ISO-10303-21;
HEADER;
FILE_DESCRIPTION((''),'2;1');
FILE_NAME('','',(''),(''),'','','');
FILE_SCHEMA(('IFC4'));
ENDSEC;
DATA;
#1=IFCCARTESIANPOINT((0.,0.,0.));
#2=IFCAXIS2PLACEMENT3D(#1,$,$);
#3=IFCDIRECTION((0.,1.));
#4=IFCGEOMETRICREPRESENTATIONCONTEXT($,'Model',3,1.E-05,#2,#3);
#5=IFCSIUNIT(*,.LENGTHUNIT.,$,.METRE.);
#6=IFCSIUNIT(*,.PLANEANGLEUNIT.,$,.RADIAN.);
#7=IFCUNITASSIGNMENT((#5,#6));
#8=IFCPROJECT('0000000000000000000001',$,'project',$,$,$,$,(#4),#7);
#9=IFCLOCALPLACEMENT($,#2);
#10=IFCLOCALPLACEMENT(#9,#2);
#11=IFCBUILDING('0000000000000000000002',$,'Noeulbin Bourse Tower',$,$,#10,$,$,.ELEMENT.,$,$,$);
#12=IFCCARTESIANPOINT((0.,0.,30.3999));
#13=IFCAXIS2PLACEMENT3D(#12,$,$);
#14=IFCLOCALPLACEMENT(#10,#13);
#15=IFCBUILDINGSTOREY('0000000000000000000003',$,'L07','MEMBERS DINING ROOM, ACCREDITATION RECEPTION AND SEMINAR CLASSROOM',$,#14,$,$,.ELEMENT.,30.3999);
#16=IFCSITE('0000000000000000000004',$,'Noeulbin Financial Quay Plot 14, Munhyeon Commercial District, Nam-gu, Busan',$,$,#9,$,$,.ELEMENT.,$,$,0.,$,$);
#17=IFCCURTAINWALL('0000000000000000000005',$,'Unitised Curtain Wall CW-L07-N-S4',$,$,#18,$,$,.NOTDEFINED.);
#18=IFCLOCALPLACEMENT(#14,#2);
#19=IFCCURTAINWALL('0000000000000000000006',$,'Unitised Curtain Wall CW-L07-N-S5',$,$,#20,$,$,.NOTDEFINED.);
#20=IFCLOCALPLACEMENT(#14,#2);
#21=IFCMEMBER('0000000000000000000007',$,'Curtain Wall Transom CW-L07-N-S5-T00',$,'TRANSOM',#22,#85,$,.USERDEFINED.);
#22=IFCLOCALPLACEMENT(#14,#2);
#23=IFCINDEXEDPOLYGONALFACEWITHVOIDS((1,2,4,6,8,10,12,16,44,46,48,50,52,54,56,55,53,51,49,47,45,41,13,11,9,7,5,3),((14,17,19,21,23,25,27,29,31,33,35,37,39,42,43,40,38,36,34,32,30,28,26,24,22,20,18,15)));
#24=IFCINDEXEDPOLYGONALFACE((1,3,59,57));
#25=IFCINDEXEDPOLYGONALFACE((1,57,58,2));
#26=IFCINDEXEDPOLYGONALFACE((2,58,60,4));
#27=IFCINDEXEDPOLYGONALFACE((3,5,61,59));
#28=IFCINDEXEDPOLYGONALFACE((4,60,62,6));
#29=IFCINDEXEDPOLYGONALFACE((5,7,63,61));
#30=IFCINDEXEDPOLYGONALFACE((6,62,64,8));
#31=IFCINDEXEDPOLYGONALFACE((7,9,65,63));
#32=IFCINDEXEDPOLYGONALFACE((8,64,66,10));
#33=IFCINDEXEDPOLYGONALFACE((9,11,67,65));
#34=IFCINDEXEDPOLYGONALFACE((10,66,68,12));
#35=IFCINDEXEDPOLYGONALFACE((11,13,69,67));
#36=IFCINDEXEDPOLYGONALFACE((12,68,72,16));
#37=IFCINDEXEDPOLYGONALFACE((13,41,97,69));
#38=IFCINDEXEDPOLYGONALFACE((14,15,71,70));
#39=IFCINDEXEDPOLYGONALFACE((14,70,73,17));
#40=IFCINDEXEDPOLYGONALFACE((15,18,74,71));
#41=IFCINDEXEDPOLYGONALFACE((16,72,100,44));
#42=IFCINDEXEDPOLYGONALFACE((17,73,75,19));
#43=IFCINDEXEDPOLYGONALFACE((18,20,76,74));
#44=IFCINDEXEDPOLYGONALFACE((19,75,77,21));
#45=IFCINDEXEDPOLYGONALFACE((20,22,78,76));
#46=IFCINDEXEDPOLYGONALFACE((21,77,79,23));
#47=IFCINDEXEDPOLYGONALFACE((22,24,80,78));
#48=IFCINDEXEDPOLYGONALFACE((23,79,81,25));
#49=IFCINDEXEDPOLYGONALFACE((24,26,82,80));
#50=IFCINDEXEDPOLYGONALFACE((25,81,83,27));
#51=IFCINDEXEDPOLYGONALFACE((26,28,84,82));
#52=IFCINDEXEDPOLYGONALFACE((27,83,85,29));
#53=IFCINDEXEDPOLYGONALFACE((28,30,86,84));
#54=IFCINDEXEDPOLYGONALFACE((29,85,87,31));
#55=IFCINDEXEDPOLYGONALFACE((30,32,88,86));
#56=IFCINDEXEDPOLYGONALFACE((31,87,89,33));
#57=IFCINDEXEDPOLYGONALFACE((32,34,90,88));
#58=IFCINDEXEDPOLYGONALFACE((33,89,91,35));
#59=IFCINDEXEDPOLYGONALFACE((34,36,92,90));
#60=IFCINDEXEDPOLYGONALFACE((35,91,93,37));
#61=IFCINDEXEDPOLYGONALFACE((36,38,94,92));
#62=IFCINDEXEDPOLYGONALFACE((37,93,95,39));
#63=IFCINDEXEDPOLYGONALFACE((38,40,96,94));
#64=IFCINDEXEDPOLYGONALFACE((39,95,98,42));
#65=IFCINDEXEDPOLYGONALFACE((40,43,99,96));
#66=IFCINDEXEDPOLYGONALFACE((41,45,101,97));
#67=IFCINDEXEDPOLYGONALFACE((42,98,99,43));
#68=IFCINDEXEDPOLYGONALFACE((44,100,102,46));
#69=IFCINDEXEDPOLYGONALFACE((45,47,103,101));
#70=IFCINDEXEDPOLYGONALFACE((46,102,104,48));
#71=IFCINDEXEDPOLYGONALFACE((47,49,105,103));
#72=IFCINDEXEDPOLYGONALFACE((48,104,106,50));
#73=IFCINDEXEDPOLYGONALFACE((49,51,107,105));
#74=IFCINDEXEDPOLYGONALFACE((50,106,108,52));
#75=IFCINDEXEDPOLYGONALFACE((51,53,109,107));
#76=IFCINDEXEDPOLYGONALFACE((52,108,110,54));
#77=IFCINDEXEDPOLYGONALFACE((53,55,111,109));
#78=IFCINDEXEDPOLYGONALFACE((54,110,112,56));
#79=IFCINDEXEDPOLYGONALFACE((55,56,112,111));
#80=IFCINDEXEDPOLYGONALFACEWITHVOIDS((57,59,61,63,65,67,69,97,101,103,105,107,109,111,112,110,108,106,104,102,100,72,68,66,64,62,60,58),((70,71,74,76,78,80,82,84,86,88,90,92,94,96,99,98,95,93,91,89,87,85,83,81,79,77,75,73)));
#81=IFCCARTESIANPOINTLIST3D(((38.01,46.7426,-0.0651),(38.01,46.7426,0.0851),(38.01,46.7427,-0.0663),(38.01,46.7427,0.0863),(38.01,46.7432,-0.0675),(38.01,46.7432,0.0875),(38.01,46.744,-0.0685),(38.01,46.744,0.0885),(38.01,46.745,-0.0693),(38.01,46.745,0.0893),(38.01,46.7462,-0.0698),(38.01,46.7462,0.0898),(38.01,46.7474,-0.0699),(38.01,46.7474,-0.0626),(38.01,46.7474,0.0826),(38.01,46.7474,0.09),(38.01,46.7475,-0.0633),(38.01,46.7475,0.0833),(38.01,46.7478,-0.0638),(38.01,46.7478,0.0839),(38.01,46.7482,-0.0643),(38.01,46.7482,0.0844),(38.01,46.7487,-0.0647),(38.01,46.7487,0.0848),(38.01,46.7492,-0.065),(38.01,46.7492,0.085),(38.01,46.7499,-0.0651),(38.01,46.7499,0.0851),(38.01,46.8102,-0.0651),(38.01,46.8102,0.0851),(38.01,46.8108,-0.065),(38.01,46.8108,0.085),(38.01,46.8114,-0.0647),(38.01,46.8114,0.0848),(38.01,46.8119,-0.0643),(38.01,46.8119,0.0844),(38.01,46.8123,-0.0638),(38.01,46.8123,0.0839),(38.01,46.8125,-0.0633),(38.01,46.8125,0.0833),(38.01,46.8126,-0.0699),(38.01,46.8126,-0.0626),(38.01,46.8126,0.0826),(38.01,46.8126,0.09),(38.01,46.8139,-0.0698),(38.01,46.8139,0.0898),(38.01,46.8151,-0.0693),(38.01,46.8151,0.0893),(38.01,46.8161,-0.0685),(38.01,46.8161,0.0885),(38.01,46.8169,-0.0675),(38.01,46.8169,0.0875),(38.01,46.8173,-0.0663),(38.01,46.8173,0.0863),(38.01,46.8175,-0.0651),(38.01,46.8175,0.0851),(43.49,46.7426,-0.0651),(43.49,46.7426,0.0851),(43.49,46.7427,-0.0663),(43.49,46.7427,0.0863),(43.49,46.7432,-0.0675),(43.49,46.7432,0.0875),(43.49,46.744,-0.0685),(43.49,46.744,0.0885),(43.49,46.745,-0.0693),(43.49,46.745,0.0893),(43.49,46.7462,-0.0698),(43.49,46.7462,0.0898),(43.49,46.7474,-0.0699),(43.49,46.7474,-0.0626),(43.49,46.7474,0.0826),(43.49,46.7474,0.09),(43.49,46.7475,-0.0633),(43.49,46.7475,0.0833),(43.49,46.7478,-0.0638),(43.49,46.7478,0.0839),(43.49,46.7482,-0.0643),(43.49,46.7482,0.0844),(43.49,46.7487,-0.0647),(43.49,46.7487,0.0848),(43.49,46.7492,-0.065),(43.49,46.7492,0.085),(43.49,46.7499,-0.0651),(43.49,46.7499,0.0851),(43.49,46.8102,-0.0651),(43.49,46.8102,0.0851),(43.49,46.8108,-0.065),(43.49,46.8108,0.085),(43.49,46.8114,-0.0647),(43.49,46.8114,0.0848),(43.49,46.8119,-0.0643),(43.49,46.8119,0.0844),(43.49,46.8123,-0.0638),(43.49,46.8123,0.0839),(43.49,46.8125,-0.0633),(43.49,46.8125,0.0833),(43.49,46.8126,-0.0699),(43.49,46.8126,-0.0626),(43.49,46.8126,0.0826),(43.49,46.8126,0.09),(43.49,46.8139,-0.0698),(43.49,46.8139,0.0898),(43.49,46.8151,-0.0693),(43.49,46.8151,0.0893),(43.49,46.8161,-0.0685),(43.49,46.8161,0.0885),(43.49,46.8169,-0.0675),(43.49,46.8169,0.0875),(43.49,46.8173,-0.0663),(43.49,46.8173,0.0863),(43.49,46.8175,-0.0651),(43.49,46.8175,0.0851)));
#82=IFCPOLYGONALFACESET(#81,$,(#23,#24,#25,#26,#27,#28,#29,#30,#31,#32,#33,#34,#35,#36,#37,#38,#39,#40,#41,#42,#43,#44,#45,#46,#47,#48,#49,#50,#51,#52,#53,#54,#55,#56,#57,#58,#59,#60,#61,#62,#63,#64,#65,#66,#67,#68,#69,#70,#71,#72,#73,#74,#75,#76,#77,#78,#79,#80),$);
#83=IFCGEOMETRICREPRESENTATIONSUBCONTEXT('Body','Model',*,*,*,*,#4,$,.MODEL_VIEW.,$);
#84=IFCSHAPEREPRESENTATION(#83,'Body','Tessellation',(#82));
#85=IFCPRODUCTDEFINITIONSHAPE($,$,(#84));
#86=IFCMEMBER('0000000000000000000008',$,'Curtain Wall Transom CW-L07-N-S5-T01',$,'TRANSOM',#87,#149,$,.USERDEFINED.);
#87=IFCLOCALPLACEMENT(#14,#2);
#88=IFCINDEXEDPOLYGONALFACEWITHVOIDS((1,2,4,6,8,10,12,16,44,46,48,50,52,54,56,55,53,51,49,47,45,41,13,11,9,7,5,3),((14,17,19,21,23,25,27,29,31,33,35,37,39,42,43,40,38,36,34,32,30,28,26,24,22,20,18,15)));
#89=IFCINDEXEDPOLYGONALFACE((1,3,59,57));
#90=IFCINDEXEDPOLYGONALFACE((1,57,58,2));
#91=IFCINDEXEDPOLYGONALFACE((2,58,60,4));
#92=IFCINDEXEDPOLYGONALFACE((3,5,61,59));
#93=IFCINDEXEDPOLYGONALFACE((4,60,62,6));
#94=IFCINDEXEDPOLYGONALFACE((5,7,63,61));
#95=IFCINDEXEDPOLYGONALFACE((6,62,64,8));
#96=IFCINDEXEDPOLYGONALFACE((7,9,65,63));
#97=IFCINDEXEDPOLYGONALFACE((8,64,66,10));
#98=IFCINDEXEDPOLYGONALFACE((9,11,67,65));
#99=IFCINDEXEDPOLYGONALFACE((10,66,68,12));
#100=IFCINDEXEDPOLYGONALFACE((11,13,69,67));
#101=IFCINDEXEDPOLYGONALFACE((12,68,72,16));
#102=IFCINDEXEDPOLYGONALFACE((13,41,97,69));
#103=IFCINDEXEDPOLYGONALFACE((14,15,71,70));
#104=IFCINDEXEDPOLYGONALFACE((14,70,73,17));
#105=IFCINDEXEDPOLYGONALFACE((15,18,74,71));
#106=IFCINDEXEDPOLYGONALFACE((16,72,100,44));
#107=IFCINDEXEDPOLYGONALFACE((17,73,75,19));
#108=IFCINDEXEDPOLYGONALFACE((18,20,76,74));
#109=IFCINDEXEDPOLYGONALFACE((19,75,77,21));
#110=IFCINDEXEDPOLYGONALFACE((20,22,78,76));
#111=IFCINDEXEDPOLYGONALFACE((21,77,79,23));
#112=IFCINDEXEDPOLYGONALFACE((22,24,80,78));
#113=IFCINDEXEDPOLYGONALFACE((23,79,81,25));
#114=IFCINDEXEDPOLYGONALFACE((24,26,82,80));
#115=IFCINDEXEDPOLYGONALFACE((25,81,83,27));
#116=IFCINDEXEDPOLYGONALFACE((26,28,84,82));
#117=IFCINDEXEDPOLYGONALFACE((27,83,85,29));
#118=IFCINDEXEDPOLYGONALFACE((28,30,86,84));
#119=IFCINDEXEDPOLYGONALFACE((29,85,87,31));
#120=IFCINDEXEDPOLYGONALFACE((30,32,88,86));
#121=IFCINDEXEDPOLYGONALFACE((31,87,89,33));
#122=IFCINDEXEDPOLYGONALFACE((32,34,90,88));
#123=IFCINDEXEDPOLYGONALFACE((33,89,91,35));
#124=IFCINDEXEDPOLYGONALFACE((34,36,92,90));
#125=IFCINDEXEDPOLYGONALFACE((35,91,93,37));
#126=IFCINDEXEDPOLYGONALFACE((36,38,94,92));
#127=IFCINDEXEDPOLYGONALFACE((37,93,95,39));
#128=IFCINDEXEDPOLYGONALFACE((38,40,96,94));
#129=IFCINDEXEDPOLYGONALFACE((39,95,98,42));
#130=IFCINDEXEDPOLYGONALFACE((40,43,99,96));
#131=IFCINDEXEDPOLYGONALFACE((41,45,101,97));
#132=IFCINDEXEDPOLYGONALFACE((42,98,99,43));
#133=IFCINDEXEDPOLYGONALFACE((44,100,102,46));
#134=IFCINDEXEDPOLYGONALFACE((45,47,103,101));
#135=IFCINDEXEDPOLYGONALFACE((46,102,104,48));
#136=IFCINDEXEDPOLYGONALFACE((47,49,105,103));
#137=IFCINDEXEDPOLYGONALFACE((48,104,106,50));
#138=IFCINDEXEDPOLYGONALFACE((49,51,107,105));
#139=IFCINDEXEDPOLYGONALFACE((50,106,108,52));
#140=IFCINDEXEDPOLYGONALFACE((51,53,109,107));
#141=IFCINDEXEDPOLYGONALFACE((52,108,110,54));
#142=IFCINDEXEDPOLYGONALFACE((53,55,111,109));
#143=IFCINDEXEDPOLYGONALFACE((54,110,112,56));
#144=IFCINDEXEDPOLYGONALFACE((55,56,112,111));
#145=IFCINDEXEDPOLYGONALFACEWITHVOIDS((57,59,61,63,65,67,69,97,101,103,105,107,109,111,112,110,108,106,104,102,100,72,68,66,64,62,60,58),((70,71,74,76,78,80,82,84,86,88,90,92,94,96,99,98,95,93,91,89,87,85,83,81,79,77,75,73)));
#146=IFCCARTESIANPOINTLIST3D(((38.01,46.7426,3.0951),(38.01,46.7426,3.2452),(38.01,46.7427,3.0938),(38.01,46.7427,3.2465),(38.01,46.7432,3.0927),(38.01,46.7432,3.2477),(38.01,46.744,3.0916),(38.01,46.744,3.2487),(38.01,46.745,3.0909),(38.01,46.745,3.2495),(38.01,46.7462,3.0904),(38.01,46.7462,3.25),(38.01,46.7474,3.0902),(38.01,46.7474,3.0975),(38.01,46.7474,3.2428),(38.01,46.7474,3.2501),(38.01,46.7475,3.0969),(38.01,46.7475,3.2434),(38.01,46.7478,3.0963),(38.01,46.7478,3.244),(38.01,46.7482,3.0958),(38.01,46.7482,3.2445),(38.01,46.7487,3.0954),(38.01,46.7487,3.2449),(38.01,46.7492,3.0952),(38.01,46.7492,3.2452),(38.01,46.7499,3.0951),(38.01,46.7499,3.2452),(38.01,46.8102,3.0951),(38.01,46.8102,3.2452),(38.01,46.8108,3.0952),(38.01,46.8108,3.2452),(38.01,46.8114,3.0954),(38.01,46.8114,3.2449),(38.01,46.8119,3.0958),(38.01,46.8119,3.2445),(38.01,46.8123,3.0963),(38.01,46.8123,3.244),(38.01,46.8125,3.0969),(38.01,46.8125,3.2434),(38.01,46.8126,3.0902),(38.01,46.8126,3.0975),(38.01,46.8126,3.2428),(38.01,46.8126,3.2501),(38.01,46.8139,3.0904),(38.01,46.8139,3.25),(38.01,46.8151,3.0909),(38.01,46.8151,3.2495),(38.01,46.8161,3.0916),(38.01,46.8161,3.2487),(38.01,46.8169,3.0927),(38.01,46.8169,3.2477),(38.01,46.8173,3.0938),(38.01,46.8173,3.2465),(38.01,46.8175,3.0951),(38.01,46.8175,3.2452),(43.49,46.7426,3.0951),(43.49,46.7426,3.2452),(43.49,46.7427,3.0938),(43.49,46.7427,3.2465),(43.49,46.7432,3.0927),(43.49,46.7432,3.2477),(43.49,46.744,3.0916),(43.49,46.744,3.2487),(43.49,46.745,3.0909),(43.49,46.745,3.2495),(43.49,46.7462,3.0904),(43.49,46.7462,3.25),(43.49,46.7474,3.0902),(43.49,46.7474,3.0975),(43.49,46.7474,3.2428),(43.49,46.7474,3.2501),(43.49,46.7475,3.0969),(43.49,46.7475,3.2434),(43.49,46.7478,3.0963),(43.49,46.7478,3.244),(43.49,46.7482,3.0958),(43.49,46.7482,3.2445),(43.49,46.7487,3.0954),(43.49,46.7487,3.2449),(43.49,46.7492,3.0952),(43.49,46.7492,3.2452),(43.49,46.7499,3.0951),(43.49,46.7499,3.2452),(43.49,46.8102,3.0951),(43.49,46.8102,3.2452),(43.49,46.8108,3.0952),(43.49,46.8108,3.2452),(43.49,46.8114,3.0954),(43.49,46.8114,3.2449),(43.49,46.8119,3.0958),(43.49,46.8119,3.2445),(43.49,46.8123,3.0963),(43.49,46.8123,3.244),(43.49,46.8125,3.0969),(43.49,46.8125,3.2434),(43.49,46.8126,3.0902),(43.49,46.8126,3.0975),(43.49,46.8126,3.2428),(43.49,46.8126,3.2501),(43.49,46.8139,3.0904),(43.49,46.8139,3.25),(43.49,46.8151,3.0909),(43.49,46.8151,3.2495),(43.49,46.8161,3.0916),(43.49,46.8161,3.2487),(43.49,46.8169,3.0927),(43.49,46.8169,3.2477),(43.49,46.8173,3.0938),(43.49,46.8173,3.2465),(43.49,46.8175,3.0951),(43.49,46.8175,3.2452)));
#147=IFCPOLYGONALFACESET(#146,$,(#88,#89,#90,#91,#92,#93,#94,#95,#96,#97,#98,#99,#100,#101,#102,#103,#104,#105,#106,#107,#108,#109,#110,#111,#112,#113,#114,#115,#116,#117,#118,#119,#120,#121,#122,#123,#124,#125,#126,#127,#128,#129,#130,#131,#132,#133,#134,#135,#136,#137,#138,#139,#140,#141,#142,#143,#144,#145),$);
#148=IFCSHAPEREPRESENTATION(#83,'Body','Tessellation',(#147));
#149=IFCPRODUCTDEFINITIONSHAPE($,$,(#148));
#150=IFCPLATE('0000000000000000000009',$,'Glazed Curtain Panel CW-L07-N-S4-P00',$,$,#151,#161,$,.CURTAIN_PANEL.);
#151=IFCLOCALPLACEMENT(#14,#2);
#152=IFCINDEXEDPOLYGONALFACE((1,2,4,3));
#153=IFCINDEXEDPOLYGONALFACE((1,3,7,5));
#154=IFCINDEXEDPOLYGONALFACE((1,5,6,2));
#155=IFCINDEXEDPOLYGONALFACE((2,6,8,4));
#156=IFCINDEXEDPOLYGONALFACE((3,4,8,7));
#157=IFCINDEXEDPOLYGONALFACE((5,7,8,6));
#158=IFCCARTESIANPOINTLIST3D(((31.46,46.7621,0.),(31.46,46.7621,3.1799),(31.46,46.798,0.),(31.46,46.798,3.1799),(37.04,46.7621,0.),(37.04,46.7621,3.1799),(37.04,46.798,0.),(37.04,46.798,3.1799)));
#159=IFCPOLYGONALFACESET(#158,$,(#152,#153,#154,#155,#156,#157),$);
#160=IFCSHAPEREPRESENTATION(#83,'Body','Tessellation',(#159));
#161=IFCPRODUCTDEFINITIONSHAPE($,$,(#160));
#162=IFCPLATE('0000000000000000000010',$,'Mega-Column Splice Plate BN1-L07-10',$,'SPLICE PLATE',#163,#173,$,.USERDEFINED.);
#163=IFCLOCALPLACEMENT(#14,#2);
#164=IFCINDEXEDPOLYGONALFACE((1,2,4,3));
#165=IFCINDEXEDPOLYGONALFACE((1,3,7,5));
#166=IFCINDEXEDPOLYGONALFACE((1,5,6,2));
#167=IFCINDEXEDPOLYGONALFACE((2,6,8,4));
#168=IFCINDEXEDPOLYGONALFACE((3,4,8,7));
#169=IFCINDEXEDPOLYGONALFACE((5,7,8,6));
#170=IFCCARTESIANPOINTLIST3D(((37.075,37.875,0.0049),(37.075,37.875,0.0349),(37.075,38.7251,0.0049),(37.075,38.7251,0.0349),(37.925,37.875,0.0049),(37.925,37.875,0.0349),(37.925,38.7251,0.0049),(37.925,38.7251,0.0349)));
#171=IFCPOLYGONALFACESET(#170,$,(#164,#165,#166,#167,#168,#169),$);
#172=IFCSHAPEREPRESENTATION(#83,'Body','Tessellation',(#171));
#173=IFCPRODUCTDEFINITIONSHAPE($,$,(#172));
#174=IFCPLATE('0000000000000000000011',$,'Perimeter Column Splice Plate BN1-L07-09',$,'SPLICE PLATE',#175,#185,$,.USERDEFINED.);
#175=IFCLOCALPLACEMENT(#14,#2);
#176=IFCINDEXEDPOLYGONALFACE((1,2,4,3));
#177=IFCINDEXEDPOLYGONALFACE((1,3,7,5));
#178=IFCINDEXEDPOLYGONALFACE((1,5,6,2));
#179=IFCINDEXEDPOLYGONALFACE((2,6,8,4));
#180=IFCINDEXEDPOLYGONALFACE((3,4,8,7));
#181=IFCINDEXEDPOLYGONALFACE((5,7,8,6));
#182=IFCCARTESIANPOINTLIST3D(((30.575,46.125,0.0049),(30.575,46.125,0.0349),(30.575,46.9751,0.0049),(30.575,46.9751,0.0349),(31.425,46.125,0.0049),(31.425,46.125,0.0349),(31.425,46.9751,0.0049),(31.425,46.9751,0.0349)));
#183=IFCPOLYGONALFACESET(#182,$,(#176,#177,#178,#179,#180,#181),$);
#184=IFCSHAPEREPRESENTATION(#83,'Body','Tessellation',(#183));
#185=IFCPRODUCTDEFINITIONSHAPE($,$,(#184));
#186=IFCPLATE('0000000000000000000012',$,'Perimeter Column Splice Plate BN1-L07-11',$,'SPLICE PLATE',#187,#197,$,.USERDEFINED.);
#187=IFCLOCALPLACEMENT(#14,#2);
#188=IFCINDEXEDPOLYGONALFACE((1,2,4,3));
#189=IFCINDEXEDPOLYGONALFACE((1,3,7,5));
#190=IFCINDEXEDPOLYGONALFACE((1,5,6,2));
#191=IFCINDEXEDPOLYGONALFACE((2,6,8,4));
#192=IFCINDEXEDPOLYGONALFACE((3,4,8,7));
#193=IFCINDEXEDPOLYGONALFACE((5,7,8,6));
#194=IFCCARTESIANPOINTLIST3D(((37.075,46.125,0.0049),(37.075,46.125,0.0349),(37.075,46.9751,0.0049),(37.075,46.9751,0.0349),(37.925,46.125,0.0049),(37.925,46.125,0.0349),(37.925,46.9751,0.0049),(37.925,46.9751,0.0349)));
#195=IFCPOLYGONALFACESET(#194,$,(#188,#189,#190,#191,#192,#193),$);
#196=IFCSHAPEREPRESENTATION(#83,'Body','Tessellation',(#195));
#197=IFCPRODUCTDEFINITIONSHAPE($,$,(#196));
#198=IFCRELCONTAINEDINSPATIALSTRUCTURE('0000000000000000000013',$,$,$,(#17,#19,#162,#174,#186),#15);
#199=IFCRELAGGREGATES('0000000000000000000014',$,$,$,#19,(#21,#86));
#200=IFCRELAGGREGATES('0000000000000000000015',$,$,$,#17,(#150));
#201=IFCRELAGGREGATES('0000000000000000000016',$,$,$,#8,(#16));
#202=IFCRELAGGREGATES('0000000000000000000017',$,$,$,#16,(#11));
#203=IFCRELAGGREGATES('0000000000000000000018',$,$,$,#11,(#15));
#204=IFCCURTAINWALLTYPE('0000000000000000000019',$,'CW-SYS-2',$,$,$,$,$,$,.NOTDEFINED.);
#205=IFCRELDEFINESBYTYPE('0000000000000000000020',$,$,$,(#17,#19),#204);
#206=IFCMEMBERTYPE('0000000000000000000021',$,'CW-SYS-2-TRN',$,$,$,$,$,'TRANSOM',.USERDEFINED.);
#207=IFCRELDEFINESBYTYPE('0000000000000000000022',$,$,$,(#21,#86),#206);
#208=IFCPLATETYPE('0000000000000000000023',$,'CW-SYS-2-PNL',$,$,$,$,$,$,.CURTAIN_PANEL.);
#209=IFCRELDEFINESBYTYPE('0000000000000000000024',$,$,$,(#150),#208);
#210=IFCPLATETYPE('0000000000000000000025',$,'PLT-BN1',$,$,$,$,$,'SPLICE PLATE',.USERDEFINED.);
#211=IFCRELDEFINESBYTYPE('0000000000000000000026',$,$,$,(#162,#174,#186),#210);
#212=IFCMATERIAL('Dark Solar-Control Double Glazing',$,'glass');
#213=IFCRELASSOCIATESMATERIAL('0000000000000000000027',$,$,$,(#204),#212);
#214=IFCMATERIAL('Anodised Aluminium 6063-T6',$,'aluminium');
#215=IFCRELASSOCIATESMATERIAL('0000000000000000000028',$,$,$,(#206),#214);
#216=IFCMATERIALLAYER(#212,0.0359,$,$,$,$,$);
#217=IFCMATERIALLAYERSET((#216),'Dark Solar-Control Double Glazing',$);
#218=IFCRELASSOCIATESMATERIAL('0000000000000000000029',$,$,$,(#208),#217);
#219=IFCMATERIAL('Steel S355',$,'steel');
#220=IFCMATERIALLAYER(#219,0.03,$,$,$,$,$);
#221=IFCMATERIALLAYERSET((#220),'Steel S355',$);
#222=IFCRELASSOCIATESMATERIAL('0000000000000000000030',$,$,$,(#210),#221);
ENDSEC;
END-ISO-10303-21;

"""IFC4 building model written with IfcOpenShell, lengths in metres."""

from ifc_helpers import new_model, si_unit, direction, frame, origin, origin_2d, place, context, subcontext, project, spatial, rectangle, hollow_rectangle, extrude, material, layer, layer_set, material_profile, profile_set, type_object, element, aggregate, save


model = new_model("IFC4")

# Units and contexts
model_context = context("Model", 3, precision=1e-05, world=origin(), true_north=direction((0.0, 1.0)))
body_context = subcontext(model_context, "Body", "Model", "MODEL_VIEW")
ifc_project = project(units=[si_unit("LENGTHUNIT", "METRE"), si_unit("PLANEANGLEUNIT", "RADIAN")], contexts=[model_context])

# Site, building, storey
site_placement = place(None, origin())
site = spatial("IfcSite", under=ifc_project, at=site_placement, Name="Noeulbin Financial Quay Plot 14, Munhyeon Commercial District, Nam-gu, Busan", CompositionType="ELEMENT", RefElevation=0.0)
building_placement = place(site_placement, origin())
building = spatial("IfcBuilding", under=site, at=building_placement, Name="Noeulbin Bourse Tower", CompositionType="ELEMENT")
storey_placement = place(building_placement, frame((0.0, 0.0, 30.3999)))
storey = spatial("IfcBuildingStorey", under=building, at=storey_placement, Name="L07", Description="MEMBERS DINING ROOM, ACCREDITATION RECEPTION AND SEMINAR CLASSROOM", CompositionType="ELEMENT", Elevation=30.3999)

# Shared definitions
ifc_material_1 = material(Name="Steel S355", Category="steel")

# Shared definitions
ifc_material_2 = material(Name="Dark Solar-Control Double Glazing", Category="glass")
curtain_wall_type = type_object("IfcCurtainWallType", Name="CW-SYS-2", PredefinedType="NOTDEFINED", material=ifc_material_2)
ifc_material_3 = material(Name="Anodised Aluminium 6063-T6", Category="aluminium")

# Curtain wall
curtain_wall_1_placement = place(storey_placement, origin())
curtain_wall_1 = element("IfcCurtainWall", 1, at=curtain_wall_1_placement, inside=storey, type_object=curtain_wall_type, Name="Unitised Curtain Wall CW-L07-N-S4", PredefinedType="NOTDEFINED")

# Curtain wall
curtain_wall_2_placement = place(storey_placement, origin())
curtain_wall_2 = element("IfcCurtainWall", 2, at=curtain_wall_2_placement, inside=storey, type_object=curtain_wall_type, Name="Unitised Curtain Wall CW-L07-N-S5", PredefinedType="NOTDEFINED")

# Members
ifc_material_profile_1 = material_profile(ifc_material_3, hollow_rectangle(XDim=0.075, YDim=0.1599, WallThickness=0.0049, InnerFilletRadius=0.0024, OuterFilletRadius=0.0049, at=origin_2d()), Name="ALU-TRAN-75x160x5", Category="LoadBearing")
ifc_profile_set_1 = profile_set([ifc_material_profile_1], Name="Anodised Aluminium 6063-T6")
member_type_1 = type_object("IfcMemberType", Name="CW-SYS-2-TRN", ElementType="TRANSOM", PredefinedType="USERDEFINED", material=ifc_profile_set_1)
member_1_placement = place(storey_placement, frame((38.01, 46.78, 0.01), z_axis=(1.0, 0.0, 0.0), x_axis=(0.0, 1.0, 0.0)))
member_1 = element("IfcMember", 3, at=member_1_placement, type_object=member_type_1, Name="Curtain Wall Transom CW-L07-N-S5-T00", ObjectType="TRANSOM", PredefinedType="USERDEFINED", context=body_context, shape_type="SweptSolid", body=[
    extrude(hollow_rectangle(XDim=0.075, YDim=0.1599, WallThickness=0.0049, InnerFilletRadius=0.0024, OuterFilletRadius=0.0049, at=origin_2d()), origin(), (0.0, 0.0, 1.0), 5.48),
])
member_2_placement = place(storey_placement, frame((38.01, 46.78, 3.1702), z_axis=(1.0, 0.0, 0.0), x_axis=(0.0, 1.0, 0.0)))
member_2 = element("IfcMember", 4, at=member_2_placement, type_object=member_type_1, Name="Curtain Wall Transom CW-L07-N-S5-T01", ObjectType="TRANSOM", PredefinedType="USERDEFINED", context=body_context, shape_type="SweptSolid", body=[
    extrude(hollow_rectangle(XDim=0.075, YDim=0.1599, WallThickness=0.0049, InnerFilletRadius=0.0024, OuterFilletRadius=0.0049, at=origin_2d()), origin(), (0.0, 0.0, 1.0), 5.48),
])
aggregate(curtain_wall_2, [member_1, member_2])

# Plate
ifc_layer_1 = layer(ifc_material_2, 0.0359)
ifc_layer_set_1 = layer_set([ifc_layer_1], Name="Dark Solar-Control Double Glazing")
plate_type_1 = type_object("IfcPlateType", Name="CW-SYS-2-PNL", PredefinedType="CURTAIN_PANEL", material=ifc_layer_set_1)
plate_placement = place(storey_placement, frame((34.25, 46.78, 0.0), z_axis=(0.0, 0.0, 1.0), x_axis=(1.0, 0.0, 0.0)))
plate = element("IfcPlate", 5, at=plate_placement, type_object=plate_type_1, Name="Glazed Curtain Panel CW-L07-N-S4-P00", PredefinedType="CURTAIN_PANEL", context=body_context, shape_type="SweptSolid", body=[
    extrude(rectangle(XDim=5.5801, YDim=0.0359, at=origin_2d()), origin(), (0.0, 0.0, 1.0), 3.1799),
])
aggregate(curtain_wall_1, [plate])

# Plates
ifc_layer_2 = layer(ifc_material_1, 0.03)
ifc_layer_set_2 = layer_set([ifc_layer_2], Name="Steel S355")
plate_type_2 = type_object("IfcPlateType", Name="PLT-BN1", ElementType="SPLICE PLATE", PredefinedType="USERDEFINED", material=ifc_layer_set_2)
for number, where, z_axis, x_axis, name in (
    (6, (37.5, 38.3, 0.0049), (0.0, 0.0, 1.0), (1.0, 0.0, 0.0), "Mega-Column Splice Plate BN1-L07-10"),
    (7, (31.0, 46.55, 0.0049), (0.0, 0.0, 1.0), (1.0, 0.0, 0.0), "Perimeter Column Splice Plate BN1-L07-09"),
    (8, (37.5, 46.55, 0.0049), (0.0, 0.0, 1.0), (1.0, 0.0, 0.0), "Perimeter Column Splice Plate BN1-L07-11"),
):
    element("IfcPlate", number, at=place(storey_placement, frame(where, z_axis=z_axis, x_axis=x_axis)), inside=storey, type_object=plate_type_2, Name=name, ObjectType="SPLICE PLATE", PredefinedType="USERDEFINED", context=body_context, shape_type="SweptSolid", body=[
        extrude(rectangle(XDim=0.8501, YDim=0.8501, at=origin_2d()), origin(), (0.0, 0.0, 1.0), 0.03),
    ])

save(model, "model.ifc")
